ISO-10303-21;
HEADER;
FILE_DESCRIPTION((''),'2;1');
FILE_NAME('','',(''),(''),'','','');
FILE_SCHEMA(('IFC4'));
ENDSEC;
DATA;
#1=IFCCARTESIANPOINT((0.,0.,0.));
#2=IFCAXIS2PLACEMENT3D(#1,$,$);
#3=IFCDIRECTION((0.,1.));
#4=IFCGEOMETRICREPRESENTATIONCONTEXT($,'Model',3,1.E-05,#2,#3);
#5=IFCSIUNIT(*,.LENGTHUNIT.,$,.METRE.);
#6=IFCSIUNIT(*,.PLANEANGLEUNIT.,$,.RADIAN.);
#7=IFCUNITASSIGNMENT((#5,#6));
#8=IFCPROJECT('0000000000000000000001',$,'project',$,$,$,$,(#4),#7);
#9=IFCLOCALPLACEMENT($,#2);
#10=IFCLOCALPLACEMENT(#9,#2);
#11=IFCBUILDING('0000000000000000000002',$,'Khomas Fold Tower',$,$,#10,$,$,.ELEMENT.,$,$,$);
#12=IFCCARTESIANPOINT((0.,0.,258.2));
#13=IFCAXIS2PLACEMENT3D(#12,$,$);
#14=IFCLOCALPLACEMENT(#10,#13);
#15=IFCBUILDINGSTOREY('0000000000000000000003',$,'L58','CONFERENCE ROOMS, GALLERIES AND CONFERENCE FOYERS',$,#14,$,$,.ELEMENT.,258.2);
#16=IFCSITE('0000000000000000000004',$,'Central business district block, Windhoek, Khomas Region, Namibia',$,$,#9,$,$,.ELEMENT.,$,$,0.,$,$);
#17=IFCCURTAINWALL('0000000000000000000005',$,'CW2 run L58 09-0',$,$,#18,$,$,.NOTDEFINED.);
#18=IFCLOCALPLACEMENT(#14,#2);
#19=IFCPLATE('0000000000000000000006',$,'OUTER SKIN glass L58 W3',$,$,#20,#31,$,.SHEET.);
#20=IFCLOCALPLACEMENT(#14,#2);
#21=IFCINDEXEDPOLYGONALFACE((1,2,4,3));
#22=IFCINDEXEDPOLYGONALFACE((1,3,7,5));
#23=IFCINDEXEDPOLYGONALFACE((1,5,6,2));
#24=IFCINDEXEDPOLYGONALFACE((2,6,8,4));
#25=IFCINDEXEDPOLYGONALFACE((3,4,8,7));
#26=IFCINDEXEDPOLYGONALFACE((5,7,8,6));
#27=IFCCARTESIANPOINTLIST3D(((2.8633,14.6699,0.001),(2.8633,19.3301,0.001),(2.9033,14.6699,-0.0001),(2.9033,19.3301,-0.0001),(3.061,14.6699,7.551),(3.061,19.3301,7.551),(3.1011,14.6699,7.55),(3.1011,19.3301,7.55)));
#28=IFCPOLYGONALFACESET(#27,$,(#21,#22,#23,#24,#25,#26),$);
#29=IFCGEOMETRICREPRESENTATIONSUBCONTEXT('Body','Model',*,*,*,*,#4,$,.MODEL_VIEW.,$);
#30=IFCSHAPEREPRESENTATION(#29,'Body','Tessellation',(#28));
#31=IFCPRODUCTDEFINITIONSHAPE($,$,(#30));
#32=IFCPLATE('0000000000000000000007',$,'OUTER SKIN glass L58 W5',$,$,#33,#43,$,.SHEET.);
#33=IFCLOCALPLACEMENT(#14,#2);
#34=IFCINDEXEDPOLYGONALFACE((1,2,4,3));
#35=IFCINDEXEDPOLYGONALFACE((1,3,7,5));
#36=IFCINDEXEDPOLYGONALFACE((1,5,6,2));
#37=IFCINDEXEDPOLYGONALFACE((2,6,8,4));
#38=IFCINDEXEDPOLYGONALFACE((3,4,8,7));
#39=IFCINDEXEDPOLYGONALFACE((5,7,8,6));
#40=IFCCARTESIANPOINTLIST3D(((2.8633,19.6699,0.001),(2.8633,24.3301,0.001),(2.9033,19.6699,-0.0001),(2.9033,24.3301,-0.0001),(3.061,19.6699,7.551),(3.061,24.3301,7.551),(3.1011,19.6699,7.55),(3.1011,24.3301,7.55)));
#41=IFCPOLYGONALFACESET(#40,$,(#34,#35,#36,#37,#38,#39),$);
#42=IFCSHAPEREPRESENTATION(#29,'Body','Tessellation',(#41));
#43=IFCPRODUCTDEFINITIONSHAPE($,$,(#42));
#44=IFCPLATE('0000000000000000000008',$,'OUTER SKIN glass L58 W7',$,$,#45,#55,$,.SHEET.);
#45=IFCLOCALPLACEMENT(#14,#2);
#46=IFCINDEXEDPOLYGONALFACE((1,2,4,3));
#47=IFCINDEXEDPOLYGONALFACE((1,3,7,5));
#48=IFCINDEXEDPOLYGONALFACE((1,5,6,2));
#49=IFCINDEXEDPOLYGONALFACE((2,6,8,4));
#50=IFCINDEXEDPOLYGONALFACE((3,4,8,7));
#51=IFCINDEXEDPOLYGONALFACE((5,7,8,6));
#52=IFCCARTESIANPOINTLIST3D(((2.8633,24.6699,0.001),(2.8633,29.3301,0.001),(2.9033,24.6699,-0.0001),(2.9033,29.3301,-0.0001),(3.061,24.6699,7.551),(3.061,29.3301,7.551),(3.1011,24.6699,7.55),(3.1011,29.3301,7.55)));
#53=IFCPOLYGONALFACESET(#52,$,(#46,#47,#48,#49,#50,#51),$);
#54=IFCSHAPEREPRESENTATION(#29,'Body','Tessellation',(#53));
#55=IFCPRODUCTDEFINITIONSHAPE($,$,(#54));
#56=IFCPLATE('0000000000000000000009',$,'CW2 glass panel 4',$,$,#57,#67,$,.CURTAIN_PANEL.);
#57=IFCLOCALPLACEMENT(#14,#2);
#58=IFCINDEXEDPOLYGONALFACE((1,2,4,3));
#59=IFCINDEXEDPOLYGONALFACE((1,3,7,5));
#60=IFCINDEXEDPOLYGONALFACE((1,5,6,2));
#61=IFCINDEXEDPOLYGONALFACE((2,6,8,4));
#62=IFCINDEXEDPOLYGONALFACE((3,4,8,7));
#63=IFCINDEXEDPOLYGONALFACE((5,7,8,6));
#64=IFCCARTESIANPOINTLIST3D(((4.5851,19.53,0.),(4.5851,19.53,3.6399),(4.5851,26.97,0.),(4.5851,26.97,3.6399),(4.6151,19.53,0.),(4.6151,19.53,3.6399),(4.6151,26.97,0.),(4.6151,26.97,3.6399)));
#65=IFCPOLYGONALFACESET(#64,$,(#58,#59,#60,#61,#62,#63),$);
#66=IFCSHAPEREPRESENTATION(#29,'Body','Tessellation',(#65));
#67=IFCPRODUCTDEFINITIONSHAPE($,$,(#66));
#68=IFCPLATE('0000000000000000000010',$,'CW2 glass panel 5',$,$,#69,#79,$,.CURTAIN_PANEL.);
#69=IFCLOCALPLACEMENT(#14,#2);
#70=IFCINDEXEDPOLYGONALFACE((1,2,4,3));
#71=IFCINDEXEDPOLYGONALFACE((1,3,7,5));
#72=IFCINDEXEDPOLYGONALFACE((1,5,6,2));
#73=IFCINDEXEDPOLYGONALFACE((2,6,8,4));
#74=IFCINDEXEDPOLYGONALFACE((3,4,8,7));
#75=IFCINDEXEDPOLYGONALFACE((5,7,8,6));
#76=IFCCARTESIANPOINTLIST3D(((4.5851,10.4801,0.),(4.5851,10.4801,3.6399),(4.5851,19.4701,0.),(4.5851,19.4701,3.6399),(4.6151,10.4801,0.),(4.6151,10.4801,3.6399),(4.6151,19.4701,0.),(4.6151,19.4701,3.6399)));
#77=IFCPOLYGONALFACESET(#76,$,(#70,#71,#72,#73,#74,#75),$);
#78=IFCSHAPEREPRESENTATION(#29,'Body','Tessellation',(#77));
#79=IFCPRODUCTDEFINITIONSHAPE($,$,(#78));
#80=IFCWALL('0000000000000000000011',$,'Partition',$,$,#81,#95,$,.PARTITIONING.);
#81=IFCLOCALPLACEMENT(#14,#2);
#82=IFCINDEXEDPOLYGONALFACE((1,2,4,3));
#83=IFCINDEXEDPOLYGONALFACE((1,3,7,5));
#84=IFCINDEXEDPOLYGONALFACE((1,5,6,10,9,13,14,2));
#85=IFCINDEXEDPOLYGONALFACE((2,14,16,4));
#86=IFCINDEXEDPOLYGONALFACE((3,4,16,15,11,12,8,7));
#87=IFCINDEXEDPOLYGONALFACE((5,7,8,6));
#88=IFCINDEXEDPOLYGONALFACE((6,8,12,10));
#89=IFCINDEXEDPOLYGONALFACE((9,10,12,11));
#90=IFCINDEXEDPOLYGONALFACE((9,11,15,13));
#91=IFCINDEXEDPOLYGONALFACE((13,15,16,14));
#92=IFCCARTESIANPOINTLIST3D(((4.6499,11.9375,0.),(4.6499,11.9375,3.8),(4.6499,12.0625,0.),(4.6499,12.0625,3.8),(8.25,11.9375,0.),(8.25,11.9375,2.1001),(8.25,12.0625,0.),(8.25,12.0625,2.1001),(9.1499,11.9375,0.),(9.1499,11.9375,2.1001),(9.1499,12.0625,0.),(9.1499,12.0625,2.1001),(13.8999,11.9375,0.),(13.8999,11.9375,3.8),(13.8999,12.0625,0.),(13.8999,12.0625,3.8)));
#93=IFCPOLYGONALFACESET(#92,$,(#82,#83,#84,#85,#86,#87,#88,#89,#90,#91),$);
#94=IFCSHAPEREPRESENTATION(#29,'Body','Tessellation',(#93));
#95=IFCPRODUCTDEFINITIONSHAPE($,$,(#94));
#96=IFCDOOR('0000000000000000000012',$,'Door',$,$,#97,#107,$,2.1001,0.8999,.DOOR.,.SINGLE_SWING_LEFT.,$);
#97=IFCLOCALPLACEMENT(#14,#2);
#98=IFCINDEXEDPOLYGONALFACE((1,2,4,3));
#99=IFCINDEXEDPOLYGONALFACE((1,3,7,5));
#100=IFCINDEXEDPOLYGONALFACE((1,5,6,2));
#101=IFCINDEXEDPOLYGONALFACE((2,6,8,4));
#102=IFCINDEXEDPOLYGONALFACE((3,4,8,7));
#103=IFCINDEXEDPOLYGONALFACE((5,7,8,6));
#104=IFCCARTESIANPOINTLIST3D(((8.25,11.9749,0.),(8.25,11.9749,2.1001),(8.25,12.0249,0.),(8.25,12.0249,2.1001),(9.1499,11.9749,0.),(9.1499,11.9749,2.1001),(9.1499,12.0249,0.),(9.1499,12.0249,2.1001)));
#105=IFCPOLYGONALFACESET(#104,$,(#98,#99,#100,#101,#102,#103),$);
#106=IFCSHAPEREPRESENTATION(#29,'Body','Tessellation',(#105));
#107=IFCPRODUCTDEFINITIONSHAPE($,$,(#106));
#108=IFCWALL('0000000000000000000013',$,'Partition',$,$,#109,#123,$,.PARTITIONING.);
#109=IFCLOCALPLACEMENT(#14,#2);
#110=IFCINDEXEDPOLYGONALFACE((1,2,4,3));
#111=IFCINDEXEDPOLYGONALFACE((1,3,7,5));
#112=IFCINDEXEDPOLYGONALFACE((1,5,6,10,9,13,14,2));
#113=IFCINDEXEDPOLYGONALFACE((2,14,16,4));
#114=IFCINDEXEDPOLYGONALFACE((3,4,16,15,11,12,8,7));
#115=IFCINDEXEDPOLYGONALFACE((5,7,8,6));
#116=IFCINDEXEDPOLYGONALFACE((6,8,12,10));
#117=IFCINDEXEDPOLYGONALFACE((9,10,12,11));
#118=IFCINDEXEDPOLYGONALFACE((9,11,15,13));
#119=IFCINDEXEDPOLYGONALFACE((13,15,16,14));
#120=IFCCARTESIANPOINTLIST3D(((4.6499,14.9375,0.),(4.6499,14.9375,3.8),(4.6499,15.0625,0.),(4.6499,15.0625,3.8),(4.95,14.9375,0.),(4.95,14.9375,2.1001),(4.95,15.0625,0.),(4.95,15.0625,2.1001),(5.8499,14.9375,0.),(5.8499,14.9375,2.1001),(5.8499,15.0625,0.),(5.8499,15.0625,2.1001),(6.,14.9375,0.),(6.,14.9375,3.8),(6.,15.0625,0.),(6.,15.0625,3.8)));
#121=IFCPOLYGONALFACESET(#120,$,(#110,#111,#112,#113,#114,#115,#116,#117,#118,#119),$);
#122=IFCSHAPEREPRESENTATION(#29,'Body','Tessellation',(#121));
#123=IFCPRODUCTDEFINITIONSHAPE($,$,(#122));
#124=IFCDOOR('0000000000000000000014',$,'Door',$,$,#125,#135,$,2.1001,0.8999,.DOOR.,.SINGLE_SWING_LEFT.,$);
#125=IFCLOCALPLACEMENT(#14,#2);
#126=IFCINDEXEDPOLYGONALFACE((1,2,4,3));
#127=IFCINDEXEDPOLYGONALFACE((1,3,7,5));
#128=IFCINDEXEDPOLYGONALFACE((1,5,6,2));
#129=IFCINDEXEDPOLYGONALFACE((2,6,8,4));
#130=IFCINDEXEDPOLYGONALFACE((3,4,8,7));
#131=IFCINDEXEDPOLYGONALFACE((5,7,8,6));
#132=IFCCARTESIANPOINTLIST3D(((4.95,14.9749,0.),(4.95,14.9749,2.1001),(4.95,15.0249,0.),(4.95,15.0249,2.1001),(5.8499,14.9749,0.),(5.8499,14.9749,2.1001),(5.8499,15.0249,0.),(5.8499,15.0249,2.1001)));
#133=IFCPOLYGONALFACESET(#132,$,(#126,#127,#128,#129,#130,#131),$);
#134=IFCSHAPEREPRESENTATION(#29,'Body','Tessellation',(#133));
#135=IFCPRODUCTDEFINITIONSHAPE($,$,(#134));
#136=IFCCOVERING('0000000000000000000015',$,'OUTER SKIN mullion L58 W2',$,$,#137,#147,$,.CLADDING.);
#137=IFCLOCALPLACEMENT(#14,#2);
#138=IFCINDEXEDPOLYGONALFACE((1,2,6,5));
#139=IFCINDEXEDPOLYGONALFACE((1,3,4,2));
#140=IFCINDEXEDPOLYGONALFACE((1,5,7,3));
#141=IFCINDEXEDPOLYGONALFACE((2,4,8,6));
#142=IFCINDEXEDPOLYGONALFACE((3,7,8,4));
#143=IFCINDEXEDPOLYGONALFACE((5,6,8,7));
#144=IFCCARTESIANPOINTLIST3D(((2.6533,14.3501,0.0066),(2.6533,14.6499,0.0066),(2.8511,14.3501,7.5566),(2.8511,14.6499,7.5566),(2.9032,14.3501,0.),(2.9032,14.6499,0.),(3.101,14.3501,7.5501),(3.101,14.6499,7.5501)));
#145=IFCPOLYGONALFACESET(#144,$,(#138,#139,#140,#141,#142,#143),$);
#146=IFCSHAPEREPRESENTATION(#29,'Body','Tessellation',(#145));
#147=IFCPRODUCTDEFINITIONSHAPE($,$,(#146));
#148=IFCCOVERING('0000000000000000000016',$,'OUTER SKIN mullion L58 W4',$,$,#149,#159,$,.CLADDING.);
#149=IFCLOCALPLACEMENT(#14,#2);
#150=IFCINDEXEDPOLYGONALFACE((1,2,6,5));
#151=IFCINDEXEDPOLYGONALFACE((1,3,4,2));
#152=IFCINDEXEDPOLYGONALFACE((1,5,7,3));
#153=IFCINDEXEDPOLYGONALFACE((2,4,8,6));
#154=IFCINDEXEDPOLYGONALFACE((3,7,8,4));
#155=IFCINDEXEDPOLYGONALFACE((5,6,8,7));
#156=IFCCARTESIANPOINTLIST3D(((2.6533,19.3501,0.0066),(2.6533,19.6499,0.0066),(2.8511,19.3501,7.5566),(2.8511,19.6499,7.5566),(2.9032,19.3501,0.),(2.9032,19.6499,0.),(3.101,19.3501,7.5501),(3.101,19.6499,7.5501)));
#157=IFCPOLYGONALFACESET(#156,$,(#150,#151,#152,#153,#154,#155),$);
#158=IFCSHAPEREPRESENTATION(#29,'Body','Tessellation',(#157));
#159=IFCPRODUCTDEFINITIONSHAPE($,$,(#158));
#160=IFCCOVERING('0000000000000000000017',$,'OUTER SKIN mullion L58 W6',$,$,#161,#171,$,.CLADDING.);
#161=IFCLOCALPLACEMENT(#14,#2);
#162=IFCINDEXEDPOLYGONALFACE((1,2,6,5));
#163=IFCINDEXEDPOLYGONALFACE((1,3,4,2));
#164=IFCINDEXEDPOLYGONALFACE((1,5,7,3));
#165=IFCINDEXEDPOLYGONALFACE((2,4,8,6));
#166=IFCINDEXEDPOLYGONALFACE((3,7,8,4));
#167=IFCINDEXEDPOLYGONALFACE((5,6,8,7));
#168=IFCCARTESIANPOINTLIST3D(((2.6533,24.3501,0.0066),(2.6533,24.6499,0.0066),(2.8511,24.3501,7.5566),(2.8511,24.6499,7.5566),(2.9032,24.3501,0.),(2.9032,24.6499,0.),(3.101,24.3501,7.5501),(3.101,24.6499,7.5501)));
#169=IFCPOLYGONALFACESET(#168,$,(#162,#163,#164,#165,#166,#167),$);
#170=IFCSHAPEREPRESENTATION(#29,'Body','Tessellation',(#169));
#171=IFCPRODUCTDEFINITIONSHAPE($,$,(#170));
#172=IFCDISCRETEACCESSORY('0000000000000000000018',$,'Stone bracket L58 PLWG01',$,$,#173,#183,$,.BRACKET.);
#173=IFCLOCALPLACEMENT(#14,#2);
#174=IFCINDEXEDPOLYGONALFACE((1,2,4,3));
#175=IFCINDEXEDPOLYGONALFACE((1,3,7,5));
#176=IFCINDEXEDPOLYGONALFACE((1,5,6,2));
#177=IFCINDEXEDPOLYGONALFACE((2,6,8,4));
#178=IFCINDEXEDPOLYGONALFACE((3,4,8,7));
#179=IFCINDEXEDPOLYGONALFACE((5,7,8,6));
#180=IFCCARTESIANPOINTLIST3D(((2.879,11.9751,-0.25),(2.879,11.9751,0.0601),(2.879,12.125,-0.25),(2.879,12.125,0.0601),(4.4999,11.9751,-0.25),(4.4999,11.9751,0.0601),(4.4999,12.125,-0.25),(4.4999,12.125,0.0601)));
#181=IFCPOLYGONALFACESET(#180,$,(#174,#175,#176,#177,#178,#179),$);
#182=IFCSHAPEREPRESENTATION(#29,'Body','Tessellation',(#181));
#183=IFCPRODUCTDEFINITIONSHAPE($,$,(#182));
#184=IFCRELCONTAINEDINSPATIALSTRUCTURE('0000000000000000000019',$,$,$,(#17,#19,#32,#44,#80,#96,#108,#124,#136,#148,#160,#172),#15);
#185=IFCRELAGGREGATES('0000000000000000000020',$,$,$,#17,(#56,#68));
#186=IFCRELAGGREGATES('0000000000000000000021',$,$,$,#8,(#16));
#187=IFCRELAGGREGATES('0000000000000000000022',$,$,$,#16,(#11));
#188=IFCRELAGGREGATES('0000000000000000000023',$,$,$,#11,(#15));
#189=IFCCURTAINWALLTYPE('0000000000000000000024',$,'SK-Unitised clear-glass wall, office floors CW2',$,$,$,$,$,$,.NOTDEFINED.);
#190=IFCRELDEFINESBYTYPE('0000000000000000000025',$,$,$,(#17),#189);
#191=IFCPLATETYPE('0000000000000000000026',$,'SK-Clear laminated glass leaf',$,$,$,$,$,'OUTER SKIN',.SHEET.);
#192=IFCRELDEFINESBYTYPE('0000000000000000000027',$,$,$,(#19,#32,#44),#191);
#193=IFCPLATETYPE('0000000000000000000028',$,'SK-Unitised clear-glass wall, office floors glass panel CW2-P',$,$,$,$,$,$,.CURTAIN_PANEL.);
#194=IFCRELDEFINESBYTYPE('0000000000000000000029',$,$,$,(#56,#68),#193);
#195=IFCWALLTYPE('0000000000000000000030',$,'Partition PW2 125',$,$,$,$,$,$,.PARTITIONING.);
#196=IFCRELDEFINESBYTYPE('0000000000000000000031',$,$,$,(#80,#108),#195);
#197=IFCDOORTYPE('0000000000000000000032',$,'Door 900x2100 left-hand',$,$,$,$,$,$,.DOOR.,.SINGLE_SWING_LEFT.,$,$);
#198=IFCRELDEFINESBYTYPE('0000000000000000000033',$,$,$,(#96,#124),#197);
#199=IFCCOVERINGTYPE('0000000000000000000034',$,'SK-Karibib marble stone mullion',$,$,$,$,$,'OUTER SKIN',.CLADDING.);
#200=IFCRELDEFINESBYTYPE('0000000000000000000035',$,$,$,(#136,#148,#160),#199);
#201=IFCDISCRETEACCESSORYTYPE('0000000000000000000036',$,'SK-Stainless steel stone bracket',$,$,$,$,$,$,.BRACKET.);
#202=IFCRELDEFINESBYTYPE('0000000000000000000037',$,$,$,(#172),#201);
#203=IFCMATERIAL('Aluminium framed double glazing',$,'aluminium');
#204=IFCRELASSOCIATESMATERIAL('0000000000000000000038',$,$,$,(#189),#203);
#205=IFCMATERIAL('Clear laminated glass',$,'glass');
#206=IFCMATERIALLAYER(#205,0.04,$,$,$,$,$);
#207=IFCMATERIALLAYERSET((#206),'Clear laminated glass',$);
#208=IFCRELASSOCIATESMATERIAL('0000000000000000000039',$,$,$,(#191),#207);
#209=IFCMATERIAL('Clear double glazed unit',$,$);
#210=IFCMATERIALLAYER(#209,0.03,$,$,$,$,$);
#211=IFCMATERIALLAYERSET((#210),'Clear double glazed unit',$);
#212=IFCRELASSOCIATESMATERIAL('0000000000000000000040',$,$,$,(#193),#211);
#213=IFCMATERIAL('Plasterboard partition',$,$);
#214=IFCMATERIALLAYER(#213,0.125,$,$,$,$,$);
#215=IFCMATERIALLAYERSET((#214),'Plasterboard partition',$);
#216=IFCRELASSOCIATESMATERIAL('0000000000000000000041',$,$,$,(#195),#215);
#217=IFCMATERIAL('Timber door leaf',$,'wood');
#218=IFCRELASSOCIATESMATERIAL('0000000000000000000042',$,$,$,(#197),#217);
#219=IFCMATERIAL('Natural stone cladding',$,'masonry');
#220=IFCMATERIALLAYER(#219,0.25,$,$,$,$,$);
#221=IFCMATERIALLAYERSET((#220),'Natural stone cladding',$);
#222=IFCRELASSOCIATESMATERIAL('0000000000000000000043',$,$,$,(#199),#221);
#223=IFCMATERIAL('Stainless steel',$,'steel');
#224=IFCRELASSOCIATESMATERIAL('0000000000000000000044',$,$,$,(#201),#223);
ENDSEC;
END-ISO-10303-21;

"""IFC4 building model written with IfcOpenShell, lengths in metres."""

from ifc_helpers import new_model, si_unit, direction, frame, frame_2d, origin, origin_2d, place, context, subcontext, project, spatial, polyline, rectangle, outline, extrude, source, transform, mapped, material, layer, layer_set, type_object, element, fill, aggregate, save


model = new_model("IFC4")

# Units and contexts
model_context = context("Model", 3, precision=1e-05, world=origin(), true_north=direction((0.0, 1.0)))
body_context = subcontext(model_context, "Body", "Model", "MODEL_VIEW")
ifc_project = project(units=[si_unit("LENGTHUNIT", "METRE"), si_unit("PLANEANGLEUNIT", "RADIAN")], contexts=[model_context])

# Site, building, storey
site_placement = place(None, origin())
site = spatial("IfcSite", under=ifc_project, at=site_placement, Name="Central business district block, Windhoek, Khomas Region, Namibia", CompositionType="ELEMENT", RefElevation=0.0)
building_placement = place(site_placement, origin())
building = spatial("IfcBuilding", under=site, at=building_placement, Name="Khomas Fold Tower", CompositionType="ELEMENT")
storey_placement = place(building_placement, frame((0.0, 0.0, 258.2)))
storey = spatial("IfcBuildingStorey", under=building, at=storey_placement, Name="L58", Description="CONFERENCE ROOMS, GALLERIES AND CONFERENCE FOYERS", CompositionType="ELEMENT", Elevation=258.2)

# Curtain wall
ifc_material_1 = material(Name="Aluminium framed double glazing", Category="aluminium")
curtain_wall_type = type_object("IfcCurtainWallType", Name="SK-Unitised clear-glass wall, office floors CW2", PredefinedType="NOTDEFINED", material=ifc_material_1)
curtain_wall_placement = place(storey_placement, origin())
curtain_wall = element("IfcCurtainWall", 1, at=curtain_wall_placement, inside=storey, type_object=curtain_wall_type, Name="CW2 run L58 09-0", PredefinedType="NOTDEFINED")

# Plates
ifc_material_2 = material(Name="Clear laminated glass", Category="glass")
ifc_layer_1 = layer(ifc_material_2, 0.04)
ifc_layer_set_1 = layer_set([ifc_layer_1], Name="Clear laminated glass")
plate_type_1 = type_object("IfcPlateType", Name="SK-Clear laminated glass leaf", ElementType="OUTER SKIN", PredefinedType="SHEET", material=ifc_layer_set_1)
for number, where, z_axis, x_axis, name in (
    (2, (2.8633, 14.6699, 0.001), (-0.999657, 0.0, 0.026183), (0.0, 1.0, 0.0), "OUTER SKIN glass L58 W3"),
    (3, (2.8633, 19.6699, 0.001), (-0.999657, 0.0, 0.026183), (0.0, 1.0, 0.0), "OUTER SKIN glass L58 W5"),
    (4, (2.8633, 24.6699, 0.001), (-0.999657, 0.0, 0.026183), (0.0, 1.0, 0.0), "OUTER SKIN glass L58 W7"),
):
    element("IfcPlate", number, at=place(storey_placement, frame(where, z_axis=z_axis, x_axis=x_axis)), inside=storey, type_object=plate_type_1, Name=name, PredefinedType="SHEET", context=body_context, shape_type="SweptSolid", body=[
        extrude(outline(polyline([(0.0, 0.0), (4.6602, 0.0), (4.6602, -7.5526), (0.0, -7.5526), (0.0, 0.0)])), origin(), (0.0, 0.0, -1.0), 0.04),
    ])

# Plates
ifc_material_3 = material(Name="Clear double glazed unit")
ifc_layer_2 = layer(ifc_material_3, 0.03)
ifc_layer_set_2 = layer_set([ifc_layer_2], Name="Clear double glazed unit")
plate_type_2 = type_object("IfcPlateType", Name="SK-Unitised clear-glass wall, office floors glass panel CW2-P", PredefinedType="CURTAIN_PANEL", material=ifc_layer_set_2)
shared_shape_1 = source(origin(), body_context, "Body", "SweptSolid", [
    extrude(rectangle(XDim=7.4399, YDim=0.03, at=origin_2d()), origin(), (0.0, 0.0, 1.0), 3.6399),
])
plate_1_placement = place(storey_placement, frame((4.6001, 23.25, 0.0), z_axis=(0.0, 0.0, 1.0), x_axis=(0.0, -1.0, 0.0)))
plate_1 = element("IfcPlate", 5, at=plate_1_placement, type_object=plate_type_2, Name="CW2 glass panel 4", PredefinedType="CURTAIN_PANEL", context=body_context, shape_type="MappedRepresentation", body=[
    mapped(shared_shape_1, transform((0.0, 0.0, 0.0))),
])
shared_shape_2 = source(origin(), body_context, "Body", "SweptSolid", [
    extrude(rectangle(XDim=8.99, YDim=0.03, at=origin_2d()), origin(), (0.0, 0.0, 1.0), 3.6399),
])
plate_2_placement = place(storey_placement, frame((4.6001, 14.9751, 0.0), z_axis=(0.0, 0.0, 1.0), x_axis=(0.0, -1.0, 0.0)))
plate_2 = element("IfcPlate", 6, at=plate_2_placement, type_object=plate_type_2, Name="CW2 glass panel 5", PredefinedType="CURTAIN_PANEL", context=body_context, shape_type="MappedRepresentation", body=[
    mapped(shared_shape_2, transform((0.0, 0.0, 0.0))),
])
aggregate(curtain_wall, [plate_1, plate_2])

# Walls, openings, doors
ifc_material_4 = material(Name="Plasterboard partition")
ifc_layer_3 = layer(ifc_material_4, 0.125)
ifc_layer_set_3 = layer_set([ifc_layer_3], Name="Plasterboard partition")
wall_type = type_object("IfcWallType", Name="Partition PW2 125", PredefinedType="PARTITIONING", material=ifc_layer_set_3)
shared_shape_3 = source(origin(), body_context, "Body", "SweptSolid", [
    extrude(rectangle(XDim=9.25, YDim=0.125, at=frame_2d((4.625, 0.0))), origin(), (0.0, 0.0, 1.0), 3.8),
])
wall_1_placement = place(storey_placement, frame((4.6499, 12.0, 0.0), z_axis=(0.0, 0.0, 1.0), x_axis=(1.0, 0.0, 0.0)))
wall_1 = element("IfcWall", 7, at=wall_1_placement, inside=storey, type_object=wall_type, Name="Partition", PredefinedType="PARTITIONING", context=body_context, shape_type="MappedRepresentation", body=[
    mapped(shared_shape_3, transform((0.0, 0.0, 0.0))),
])
shared_shape_4 = source(origin(), body_context, "Body", "SweptSolid", [
    extrude(rectangle(XDim=0.8999, YDim=2.1001, at=frame_2d((0.45, 1.05))), frame((0.0, 0.0725, 0.0), z_axis=(0.0, -1.0, 0.0), x_axis=(1.0, 0.0, 0.0)), (0.0, 0.0, 1.0), 0.145),
])
opening_1_placement = place(wall_1_placement, frame((3.6001, 0.0, 0.0)))
opening_1 = element("IfcOpeningElement", 8, at=opening_1_placement, cuts=wall_1, PredefinedType="OPENING", context=body_context, shape_type="MappedRepresentation", body=[
    mapped(shared_shape_4, transform((0.0, 0.0, 0.0))),
])
ifc_material_5 = material(Name="Timber door leaf", Category="wood")
door_type = type_object("IfcDoorType", Name="Door 900x2100 left-hand", OperationType="SINGLE_SWING_LEFT", PredefinedType="DOOR", material=ifc_material_5)
shared_shape_5 = source(origin(), body_context, "Body", "SweptSolid", [
    extrude(rectangle(XDim=0.8999, YDim=2.1001, at=frame_2d((0.45, 1.05))), frame((0.0, 0.0249, 0.0), z_axis=(0.0, -1.0, 0.0), x_axis=(1.0, 0.0, 0.0)), (0.0, 0.0, 1.0), 0.05),
])
door_1_placement = place(opening_1_placement, origin())
door_1 = element("IfcDoor", 9, at=door_1_placement, inside=storey, type_object=door_type, Name="Door", OperationType="SINGLE_SWING_LEFT", OverallHeight=2.1001, OverallWidth=0.8999, PredefinedType="DOOR", context=body_context, shape_type="MappedRepresentation", body=[
    mapped(shared_shape_5, transform((0.0, 0.0, 0.0))),
])
fill(opening_1, door_1)
shared_shape_6 = source(origin(), body_context, "Body", "SweptSolid", [
    extrude(rectangle(XDim=1.3501, YDim=0.125, at=frame_2d((0.675, 0.0))), origin(), (0.0, 0.0, 1.0), 3.8),
])
wall_2_placement = place(storey_placement, frame((4.6499, 15.0, 0.0), z_axis=(0.0, 0.0, 1.0), x_axis=(1.0, 0.0, 0.0)))
wall_2 = element("IfcWall", 10, at=wall_2_placement, inside=storey, type_object=wall_type, Name="Partition", PredefinedType="PARTITIONING", context=body_context, shape_type="MappedRepresentation", body=[
    mapped(shared_shape_6, transform((0.0, 0.0, 0.0))),
])
opening_2_placement = place(wall_2_placement, frame((0.3, 0.0, 0.0)))
opening_2 = element("IfcOpeningElement", 11, at=opening_2_placement, cuts=wall_2, PredefinedType="OPENING", context=body_context, shape_type="MappedRepresentation", body=[
    mapped(shared_shape_4, transform((0.0, 0.0, 0.0))),
])
door_2_placement = place(opening_2_placement, origin())
door_2 = element("IfcDoor", 12, at=door_2_placement, inside=storey, type_object=door_type, Name="Door", OperationType="SINGLE_SWING_LEFT", OverallHeight=2.1001, OverallWidth=0.8999, PredefinedType="DOOR", context=body_context, shape_type="MappedRepresentation", body=[
    mapped(shared_shape_5, transform((0.0, 0.0, 0.0))),
])
fill(opening_2, door_2)

# Coverings
ifc_material_6 = material(Name="Natural stone cladding", Category="masonry")
ifc_layer_4 = layer(ifc_material_6, 0.25)
ifc_layer_set_4 = layer_set([ifc_layer_4], Name="Natural stone cladding")
covering_type = type_object("IfcCoveringType", Name="SK-Karibib marble stone mullion", ElementType="OUTER SKIN", PredefinedType="CLADDING", material=ifc_layer_set_4)
for number, where, z_axis, x_axis, name in (
    (13, (2.6533, 14.3501, 0.0066), (-0.999657, 0.0, 0.026183), (0.0, 1.0, 0.0), "OUTER SKIN mullion L58 W2"),
    (14, (2.6533, 19.3501, 0.0066), (-0.999657, 0.0, 0.026183), (0.0, 1.0, 0.0), "OUTER SKIN mullion L58 W4"),
    (15, (2.6533, 24.3501, 0.0066), (-0.999657, 0.0, 0.026183), (0.0, 1.0, 0.0), "OUTER SKIN mullion L58 W6"),
):
    element("IfcCovering", number, at=place(storey_placement, frame(where, z_axis=z_axis, x_axis=x_axis)), inside=storey, type_object=covering_type, Name=name, PredefinedType="CLADDING", context=body_context, shape_type="SweptSolid", body=[
        extrude(outline(polyline([(0.0, 0.0), (0.2998, 0.0), (0.2998, -7.5526), (0.0, -7.5526), (0.0, 0.0)])), origin(), (0.0, 0.0, -1.0), 0.25),
    ])

# Discrete accessory
ifc_material_7 = material(Name="Stainless steel", Category="steel")
discrete_accessory_type = type_object("IfcDiscreteAccessoryType", Name="SK-Stainless steel stone bracket", PredefinedType="BRACKET", material=ifc_material_7)
shared_shape_7 = source(origin(), body_context, "Body", "SweptSolid", [
    extrude(rectangle(XDim=1.6208, YDim=0.1499, at=origin_2d()), origin(), (0.0, 0.0, 1.0), 0.3101),
])
for number, where, z_axis, x_axis, name in (
    (16, (3.6895, 12.05, -0.25), (0.0, 0.0, 1.0), (-1.0, 0.0, 0.0), "Stone bracket L58 PLWG01"),
):
    element("IfcDiscreteAccessory", number, at=place(storey_placement, frame(where, z_axis=z_axis, x_axis=x_axis)), inside=storey, type_object=discrete_accessory_type, Name=name, PredefinedType="BRACKET", context=body_context, shape_type="MappedRepresentation", body=[
        mapped(shared_shape_7, transform((0.0, 0.0, 0.0))),
    ])

save(model, "model.ifc")
